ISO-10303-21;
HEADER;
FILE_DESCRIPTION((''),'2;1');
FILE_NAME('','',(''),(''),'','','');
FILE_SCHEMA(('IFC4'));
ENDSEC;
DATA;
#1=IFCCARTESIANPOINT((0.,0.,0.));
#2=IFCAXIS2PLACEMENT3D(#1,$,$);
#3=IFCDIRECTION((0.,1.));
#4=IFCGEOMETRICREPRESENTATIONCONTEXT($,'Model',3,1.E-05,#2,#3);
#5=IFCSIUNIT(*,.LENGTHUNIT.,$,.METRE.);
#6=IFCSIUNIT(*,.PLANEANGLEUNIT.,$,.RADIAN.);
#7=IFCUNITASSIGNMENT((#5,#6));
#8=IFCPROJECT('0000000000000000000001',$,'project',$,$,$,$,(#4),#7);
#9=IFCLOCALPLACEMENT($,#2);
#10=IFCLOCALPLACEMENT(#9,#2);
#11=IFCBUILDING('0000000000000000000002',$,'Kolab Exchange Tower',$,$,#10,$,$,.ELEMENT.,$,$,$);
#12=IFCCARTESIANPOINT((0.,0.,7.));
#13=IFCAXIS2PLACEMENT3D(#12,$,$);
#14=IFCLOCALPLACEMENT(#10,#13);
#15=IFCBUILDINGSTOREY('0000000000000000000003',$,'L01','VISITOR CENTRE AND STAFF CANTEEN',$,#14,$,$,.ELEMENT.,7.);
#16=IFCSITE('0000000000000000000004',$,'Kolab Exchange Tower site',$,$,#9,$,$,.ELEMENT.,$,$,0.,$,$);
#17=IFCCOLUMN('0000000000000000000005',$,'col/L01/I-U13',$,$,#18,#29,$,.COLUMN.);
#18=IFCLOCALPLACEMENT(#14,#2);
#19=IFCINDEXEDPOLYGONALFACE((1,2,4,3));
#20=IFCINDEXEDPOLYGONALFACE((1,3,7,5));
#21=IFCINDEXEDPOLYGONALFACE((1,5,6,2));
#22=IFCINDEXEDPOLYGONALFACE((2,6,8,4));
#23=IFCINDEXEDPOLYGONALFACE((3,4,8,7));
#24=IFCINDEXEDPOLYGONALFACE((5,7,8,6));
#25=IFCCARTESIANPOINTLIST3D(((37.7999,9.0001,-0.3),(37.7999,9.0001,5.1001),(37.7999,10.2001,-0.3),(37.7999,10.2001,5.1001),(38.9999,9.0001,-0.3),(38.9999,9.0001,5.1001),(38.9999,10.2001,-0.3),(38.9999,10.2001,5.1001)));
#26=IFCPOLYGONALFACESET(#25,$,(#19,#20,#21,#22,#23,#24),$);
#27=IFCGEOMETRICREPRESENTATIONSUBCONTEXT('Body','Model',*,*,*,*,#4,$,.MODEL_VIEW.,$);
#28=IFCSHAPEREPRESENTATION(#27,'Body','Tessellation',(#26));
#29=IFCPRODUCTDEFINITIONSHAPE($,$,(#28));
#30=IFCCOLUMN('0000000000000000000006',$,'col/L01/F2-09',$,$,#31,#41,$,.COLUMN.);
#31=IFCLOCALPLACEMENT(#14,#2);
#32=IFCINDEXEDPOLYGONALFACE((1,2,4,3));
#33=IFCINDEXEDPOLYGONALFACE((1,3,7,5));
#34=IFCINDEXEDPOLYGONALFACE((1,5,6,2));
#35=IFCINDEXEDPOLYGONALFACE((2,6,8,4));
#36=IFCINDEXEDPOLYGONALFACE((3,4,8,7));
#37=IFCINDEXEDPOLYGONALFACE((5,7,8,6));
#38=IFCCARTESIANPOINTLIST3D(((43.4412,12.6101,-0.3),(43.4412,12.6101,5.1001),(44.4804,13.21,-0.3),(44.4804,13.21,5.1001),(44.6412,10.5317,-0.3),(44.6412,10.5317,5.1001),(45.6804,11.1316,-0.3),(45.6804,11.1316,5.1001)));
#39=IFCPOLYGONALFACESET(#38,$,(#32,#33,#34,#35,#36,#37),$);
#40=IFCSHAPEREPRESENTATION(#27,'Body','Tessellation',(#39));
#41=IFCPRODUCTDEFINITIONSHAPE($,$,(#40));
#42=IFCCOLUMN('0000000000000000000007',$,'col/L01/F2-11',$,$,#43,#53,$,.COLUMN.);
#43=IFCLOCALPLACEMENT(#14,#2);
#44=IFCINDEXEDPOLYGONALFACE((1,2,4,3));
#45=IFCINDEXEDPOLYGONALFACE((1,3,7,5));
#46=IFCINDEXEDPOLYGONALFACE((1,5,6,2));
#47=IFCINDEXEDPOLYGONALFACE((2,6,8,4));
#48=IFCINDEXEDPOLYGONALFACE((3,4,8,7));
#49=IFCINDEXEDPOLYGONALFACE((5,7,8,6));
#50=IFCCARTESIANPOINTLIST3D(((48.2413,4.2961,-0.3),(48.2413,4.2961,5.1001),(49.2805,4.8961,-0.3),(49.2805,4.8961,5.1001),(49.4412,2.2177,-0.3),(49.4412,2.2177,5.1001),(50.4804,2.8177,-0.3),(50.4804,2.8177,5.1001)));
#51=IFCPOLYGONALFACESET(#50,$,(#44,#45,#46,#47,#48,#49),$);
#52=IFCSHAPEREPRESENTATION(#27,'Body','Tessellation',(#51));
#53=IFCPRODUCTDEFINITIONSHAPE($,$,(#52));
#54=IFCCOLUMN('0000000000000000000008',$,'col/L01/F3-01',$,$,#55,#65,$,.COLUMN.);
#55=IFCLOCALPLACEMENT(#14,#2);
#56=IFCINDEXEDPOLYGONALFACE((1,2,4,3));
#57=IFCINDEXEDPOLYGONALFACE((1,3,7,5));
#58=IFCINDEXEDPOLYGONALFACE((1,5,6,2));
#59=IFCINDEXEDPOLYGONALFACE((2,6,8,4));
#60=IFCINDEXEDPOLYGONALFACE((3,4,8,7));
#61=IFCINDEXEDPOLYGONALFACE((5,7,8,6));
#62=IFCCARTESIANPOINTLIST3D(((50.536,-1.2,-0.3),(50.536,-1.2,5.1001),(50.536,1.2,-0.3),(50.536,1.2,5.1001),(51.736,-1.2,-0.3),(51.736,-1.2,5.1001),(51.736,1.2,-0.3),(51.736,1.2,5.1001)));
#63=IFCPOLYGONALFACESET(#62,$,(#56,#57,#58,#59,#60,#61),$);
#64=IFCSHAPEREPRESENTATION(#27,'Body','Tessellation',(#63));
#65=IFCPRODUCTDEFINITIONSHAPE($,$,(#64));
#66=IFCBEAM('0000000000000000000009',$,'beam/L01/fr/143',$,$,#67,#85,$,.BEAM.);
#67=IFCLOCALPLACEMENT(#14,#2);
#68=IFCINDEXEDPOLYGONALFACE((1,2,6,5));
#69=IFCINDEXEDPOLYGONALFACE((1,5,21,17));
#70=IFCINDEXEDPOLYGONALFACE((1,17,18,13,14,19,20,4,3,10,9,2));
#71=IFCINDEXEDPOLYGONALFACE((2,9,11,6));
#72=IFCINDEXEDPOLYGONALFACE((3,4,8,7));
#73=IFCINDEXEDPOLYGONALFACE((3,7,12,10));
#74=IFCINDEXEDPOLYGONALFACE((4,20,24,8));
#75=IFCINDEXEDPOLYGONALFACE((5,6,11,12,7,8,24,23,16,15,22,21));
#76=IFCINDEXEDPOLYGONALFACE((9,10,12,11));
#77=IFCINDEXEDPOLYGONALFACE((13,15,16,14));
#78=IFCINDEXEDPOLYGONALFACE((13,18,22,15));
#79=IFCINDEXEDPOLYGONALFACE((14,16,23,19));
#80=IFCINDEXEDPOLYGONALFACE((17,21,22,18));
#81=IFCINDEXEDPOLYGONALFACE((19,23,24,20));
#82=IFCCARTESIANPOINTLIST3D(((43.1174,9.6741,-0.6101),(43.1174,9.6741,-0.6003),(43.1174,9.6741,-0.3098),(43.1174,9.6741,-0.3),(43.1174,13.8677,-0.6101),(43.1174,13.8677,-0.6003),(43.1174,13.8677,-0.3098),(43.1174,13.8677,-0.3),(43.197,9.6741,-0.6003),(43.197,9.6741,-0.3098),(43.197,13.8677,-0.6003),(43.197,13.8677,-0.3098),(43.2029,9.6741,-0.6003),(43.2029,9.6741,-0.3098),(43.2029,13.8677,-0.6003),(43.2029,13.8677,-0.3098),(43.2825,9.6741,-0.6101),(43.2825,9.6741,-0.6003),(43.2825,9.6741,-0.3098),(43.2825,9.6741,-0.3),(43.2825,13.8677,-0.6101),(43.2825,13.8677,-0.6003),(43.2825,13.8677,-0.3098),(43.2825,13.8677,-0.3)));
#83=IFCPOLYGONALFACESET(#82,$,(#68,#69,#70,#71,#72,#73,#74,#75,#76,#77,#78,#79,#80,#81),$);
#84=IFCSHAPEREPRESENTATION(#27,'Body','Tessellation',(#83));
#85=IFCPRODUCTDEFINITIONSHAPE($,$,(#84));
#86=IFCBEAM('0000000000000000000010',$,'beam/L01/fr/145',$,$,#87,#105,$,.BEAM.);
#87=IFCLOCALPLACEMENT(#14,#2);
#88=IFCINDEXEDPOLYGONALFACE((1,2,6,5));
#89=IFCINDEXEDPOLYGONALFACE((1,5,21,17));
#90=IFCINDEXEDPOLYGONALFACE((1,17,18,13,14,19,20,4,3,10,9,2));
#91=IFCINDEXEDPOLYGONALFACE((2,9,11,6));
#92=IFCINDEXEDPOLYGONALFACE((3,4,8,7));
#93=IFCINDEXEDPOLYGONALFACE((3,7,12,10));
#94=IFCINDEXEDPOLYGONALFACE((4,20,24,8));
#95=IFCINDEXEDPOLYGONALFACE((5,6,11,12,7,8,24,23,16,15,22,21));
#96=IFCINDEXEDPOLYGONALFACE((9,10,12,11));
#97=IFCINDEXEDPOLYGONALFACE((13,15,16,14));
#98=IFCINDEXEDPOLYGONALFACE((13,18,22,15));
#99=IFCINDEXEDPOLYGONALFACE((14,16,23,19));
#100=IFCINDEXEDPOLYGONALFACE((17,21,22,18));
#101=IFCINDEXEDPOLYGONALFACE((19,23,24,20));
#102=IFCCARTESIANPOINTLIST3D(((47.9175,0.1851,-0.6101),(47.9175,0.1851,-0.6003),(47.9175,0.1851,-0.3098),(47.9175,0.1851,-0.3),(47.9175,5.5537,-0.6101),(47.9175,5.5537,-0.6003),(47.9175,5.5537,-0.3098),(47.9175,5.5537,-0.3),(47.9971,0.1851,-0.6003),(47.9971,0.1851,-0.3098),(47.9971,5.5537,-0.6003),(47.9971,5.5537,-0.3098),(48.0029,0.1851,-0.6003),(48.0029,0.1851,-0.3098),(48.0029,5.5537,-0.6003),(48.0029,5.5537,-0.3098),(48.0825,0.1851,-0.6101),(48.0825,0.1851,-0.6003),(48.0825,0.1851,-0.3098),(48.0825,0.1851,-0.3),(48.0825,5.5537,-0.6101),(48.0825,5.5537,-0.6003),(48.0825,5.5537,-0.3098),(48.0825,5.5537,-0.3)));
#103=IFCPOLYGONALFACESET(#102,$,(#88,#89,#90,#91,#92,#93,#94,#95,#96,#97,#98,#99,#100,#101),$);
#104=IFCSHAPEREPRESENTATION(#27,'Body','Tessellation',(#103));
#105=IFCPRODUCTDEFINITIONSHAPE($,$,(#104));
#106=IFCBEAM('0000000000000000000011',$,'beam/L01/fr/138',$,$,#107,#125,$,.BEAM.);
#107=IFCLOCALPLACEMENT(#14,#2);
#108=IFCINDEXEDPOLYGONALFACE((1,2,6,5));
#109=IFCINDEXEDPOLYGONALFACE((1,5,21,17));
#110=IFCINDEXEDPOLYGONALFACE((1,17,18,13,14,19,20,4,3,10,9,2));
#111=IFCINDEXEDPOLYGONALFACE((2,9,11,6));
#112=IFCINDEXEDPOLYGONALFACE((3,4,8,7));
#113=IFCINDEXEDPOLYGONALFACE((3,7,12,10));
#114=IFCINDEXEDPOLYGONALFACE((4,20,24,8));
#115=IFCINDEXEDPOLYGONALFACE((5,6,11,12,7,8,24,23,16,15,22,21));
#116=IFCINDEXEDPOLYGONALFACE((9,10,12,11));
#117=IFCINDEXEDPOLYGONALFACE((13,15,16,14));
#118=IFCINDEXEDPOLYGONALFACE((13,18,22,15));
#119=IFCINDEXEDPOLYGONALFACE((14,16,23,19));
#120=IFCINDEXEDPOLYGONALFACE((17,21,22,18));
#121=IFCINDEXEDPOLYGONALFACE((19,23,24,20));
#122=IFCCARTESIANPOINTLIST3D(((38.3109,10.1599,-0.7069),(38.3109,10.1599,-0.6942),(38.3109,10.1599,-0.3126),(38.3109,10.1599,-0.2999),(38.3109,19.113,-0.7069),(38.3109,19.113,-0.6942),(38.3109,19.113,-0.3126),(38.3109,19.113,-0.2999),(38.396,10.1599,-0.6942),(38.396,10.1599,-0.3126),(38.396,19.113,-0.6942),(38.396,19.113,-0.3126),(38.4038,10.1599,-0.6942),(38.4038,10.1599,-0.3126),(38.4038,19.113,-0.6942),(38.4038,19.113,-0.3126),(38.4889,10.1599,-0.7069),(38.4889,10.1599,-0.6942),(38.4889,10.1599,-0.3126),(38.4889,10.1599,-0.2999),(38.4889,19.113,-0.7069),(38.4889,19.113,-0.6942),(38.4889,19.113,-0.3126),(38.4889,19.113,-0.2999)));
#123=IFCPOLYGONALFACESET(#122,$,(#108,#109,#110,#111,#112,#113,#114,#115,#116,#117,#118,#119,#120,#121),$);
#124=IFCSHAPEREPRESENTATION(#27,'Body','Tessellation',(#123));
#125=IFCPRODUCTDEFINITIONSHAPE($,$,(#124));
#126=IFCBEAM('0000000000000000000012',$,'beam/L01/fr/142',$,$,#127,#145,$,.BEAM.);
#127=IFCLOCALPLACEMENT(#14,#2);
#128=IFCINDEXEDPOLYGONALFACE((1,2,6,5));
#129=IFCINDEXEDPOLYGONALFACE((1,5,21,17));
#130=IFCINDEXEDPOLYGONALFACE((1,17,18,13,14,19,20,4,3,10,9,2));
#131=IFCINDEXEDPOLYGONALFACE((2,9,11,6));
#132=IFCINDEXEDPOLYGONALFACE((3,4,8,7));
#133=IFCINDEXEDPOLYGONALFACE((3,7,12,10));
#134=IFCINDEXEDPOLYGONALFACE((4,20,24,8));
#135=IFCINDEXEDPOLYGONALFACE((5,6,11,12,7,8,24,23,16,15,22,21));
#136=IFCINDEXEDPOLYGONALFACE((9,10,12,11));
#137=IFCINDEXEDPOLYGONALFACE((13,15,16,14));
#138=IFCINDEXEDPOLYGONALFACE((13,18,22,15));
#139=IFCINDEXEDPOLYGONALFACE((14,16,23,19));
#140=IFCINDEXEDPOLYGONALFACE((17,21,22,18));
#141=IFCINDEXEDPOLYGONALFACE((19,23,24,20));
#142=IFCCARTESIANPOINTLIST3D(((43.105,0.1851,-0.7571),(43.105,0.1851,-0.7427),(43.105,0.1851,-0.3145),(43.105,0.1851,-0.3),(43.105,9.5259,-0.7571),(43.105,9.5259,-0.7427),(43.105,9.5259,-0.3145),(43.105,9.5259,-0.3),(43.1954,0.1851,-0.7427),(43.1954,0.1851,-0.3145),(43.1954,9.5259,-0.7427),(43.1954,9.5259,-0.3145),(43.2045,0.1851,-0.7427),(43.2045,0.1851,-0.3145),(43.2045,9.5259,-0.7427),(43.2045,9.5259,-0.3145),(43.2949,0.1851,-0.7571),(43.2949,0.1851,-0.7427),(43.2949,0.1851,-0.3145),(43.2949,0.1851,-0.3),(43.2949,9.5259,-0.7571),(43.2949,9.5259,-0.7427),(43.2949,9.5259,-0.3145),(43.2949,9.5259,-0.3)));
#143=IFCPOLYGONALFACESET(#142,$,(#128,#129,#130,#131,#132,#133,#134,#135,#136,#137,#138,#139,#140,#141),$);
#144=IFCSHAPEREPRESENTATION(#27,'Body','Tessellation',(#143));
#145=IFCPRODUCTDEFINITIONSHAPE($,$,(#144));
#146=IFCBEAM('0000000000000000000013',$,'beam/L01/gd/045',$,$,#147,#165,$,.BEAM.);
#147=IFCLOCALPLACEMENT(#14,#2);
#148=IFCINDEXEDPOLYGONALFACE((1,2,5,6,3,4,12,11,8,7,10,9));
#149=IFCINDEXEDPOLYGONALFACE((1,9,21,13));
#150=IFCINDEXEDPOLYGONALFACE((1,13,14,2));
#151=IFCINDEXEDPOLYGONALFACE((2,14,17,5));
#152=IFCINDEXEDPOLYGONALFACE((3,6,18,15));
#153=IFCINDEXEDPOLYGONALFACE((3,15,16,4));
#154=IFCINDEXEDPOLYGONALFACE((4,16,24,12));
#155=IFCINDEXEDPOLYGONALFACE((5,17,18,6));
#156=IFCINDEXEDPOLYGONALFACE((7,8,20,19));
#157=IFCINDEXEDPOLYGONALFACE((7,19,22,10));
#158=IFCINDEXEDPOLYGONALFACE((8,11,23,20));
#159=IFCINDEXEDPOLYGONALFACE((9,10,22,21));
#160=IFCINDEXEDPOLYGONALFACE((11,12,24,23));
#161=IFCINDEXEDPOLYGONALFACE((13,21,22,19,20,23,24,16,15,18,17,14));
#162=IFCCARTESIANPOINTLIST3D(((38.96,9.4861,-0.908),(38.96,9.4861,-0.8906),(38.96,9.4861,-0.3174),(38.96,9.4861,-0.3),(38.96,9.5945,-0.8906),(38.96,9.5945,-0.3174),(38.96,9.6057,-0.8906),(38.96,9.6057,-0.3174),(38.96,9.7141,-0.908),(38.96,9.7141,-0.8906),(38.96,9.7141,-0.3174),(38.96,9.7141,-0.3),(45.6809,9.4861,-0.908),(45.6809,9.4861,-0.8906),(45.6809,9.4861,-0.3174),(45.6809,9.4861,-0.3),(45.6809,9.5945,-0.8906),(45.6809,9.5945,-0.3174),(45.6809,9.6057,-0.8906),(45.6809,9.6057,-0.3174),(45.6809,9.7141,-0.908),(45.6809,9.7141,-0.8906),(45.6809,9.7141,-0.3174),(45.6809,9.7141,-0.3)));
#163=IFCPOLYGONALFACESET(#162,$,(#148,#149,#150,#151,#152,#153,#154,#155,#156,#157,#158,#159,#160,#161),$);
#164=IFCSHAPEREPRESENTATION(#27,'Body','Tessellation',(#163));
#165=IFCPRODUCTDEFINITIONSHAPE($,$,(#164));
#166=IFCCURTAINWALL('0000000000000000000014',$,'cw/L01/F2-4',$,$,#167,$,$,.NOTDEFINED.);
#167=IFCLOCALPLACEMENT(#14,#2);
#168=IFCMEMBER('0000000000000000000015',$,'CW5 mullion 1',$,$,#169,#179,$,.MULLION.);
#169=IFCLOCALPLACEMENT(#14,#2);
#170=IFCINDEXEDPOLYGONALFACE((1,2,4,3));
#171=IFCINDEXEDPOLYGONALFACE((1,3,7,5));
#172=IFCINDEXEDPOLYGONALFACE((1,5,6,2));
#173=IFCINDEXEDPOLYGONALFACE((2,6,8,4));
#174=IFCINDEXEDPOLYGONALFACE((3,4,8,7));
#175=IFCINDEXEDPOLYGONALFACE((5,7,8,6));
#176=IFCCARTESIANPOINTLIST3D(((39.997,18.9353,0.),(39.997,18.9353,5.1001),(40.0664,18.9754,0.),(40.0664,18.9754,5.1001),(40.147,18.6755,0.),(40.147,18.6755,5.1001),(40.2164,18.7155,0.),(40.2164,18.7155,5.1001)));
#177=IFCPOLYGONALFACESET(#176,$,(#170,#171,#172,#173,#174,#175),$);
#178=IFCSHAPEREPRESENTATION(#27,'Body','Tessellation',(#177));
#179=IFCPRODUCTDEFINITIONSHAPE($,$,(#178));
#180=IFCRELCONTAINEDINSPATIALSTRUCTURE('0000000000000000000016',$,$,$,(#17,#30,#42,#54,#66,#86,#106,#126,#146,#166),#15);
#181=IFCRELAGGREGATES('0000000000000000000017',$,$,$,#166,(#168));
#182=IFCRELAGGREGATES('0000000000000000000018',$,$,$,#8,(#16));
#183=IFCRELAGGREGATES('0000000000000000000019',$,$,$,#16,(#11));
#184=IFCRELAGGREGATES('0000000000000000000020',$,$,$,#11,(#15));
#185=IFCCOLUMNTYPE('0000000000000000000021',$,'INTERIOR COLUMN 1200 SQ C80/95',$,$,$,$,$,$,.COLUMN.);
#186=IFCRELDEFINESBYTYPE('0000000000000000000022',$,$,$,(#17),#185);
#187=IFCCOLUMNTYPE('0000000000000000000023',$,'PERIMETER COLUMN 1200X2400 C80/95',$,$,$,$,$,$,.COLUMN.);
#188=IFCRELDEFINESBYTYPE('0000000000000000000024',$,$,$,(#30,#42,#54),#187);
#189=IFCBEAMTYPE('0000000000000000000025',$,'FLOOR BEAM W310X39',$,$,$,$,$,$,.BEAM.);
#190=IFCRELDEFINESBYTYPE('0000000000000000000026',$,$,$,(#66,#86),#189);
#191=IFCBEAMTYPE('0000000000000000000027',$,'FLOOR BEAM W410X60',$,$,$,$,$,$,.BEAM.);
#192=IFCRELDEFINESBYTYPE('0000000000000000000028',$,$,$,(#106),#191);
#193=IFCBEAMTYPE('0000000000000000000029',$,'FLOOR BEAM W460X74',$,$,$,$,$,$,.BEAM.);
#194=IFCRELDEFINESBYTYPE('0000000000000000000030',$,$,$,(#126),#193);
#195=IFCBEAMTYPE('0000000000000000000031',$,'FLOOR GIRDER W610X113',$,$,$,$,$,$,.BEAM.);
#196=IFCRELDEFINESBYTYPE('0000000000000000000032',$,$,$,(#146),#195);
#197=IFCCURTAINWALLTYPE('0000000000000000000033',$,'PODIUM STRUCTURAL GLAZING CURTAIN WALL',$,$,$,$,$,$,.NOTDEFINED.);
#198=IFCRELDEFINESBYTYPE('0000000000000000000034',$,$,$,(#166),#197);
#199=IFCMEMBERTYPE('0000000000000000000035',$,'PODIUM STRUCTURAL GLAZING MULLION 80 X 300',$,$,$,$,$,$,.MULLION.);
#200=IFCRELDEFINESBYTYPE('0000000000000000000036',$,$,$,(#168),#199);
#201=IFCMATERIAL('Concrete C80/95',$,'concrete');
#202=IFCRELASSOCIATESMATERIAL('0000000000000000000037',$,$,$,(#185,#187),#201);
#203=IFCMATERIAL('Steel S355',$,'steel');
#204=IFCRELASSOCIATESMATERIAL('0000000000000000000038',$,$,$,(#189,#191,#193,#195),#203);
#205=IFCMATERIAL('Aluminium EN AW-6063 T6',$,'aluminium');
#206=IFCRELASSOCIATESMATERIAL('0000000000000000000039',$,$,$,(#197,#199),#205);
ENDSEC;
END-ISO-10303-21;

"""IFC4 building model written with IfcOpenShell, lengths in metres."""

from ifc_helpers import new_model, si_unit, direction, frame, origin, origin_2d, place, context, subcontext, project, spatial, rectangle, i_section, extrude, material, material_profile, profile_set, type_object, element, aggregate, save


model = new_model("IFC4")

# Units and contexts
model_context = context("Model", 3, precision=1e-05, world=origin(), true_north=direction((0.0, 1.0)))
body_context = subcontext(model_context, "Body", "Model", "MODEL_VIEW")
ifc_project = project(units=[si_unit("LENGTHUNIT", "METRE"), si_unit("PLANEANGLEUNIT", "RADIAN")], contexts=[model_context])

# Site, building, storey
site_placement = place(None, origin())
site = spatial("IfcSite", under=ifc_project, at=site_placement, Name="Kolab Exchange Tower site", CompositionType="ELEMENT", RefElevation=0.0)
building_placement = place(site_placement, origin())
building = spatial("IfcBuilding", under=site, at=building_placement, Name="Kolab Exchange Tower", CompositionType="ELEMENT")
storey_placement = place(building_placement, frame((0.0, 0.0, 7.0)))
storey = spatial("IfcBuildingStorey", under=building, at=storey_placement, Name="L01", Description="VISITOR CENTRE AND STAFF CANTEEN", CompositionType="ELEMENT", Elevation=7.0)

# Columns
ifc_material_1 = material(Name="Concrete C80/95", Category="concrete")
ifc_material_profile_1 = material_profile(ifc_material_1, rectangle(XDim=1.2, YDim=1.2, at=origin_2d()), Name="RC1200")
ifc_profile_set_1 = profile_set([ifc_material_profile_1], Name="Concrete C80/95")
column_type_1 = type_object("IfcColumnType", Name="INTERIOR COLUMN 1200 SQ C80/95", PredefinedType="COLUMN", material=ifc_profile_set_1)
column_placement = place(storey_placement, frame((38.3999, 9.6001, -0.3), z_axis=(0.0, 0.0, 1.0), x_axis=(1.0, 0.0, 0.0)))
element("IfcColumn", 1, at=column_placement, inside=storey, type_object=column_type_1, Name="col/L01/I-U13", PredefinedType="COLUMN", context=body_context, shape_type="SweptSolid", body=[
    extrude(rectangle(XDim=1.2, YDim=1.2, at=origin_2d()), origin(), (0.0, 0.0, 1.0), 5.4001),
])
ifc_material_profile_2 = material_profile(ifc_material_1, rectangle(XDim=1.2, YDim=2.3999, at=origin_2d()), Name="RC1200X2400")
ifc_profile_set_2 = profile_set([ifc_material_profile_2], Name="Concrete C80/95")
column_type_2 = type_object("IfcColumnType", Name="PERIMETER COLUMN 1200X2400 C80/95", PredefinedType="COLUMN", material=ifc_profile_set_2)
for number, where, z_axis, x_axis, name in (
    (2, (44.5608, 11.8708, -0.3), (0.0, 0.0, 1.0), (0.866025, 0.5, 0.0), "col/L01/F2-09"),
    (3, (49.3608, 3.5569, -0.3), (0.0, 0.0, 1.0), (0.866025, 0.5, 0.0), "col/L01/F2-11"),
    (4, (51.136, 0.0, -0.3), (0.0, 0.0, 1.0), (1.0, 0.0, 0.0), "col/L01/F3-01"),
):
    element("IfcColumn", number, at=place(storey_placement, frame(where, z_axis=z_axis, x_axis=x_axis)), inside=storey, type_object=column_type_2, Name=name, PredefinedType="COLUMN", context=body_context, shape_type="SweptSolid", body=[
        extrude(rectangle(XDim=1.2, YDim=2.3999, at=origin_2d()), origin(), (0.0, 0.0, 1.0), 5.4001),
    ])

# Beams
ifc_material_2 = material(Name="Steel S355", Category="steel")
ifc_material_profile_3 = material_profile(ifc_material_2, i_section(OverallWidth=0.165, OverallDepth=0.3101, WebThickness=0.0059, FlangeThickness=0.0098, at=origin_2d()), Name="W310X39")
ifc_profile_set_3 = profile_set([ifc_material_profile_3], Name="Steel S355")
beam_type_1 = type_object("IfcBeamType", Name="FLOOR BEAM W310X39", PredefinedType="BEAM", material=ifc_profile_set_3)
beam_1_placement = place(storey_placement, frame((43.2, 9.6741, -0.4551), z_axis=(0.0, 1.0, 0.0), x_axis=(-1.0, 0.0, 0.0)))
element("IfcBeam", 5, at=beam_1_placement, inside=storey, type_object=beam_type_1, Name="beam/L01/fr/143", PredefinedType="BEAM", context=body_context, shape_type="SweptSolid", body=[
    extrude(i_section(OverallWidth=0.165, OverallDepth=0.3101, WebThickness=0.0059, FlangeThickness=0.0098, at=origin_2d()), origin(), (0.0, 0.0, 1.0), 4.1936),
])
beam_2_placement = place(storey_placement, frame((48.0, 0.1851, -0.4551), z_axis=(0.0, 1.0, 0.0), x_axis=(-1.0, 0.0, 0.0)))
element("IfcBeam", 6, at=beam_2_placement, inside=storey, type_object=beam_type_1, Name="beam/L01/fr/145", PredefinedType="BEAM", context=body_context, shape_type="SweptSolid", body=[
    extrude(i_section(OverallWidth=0.165, OverallDepth=0.3101, WebThickness=0.0059, FlangeThickness=0.0098, at=origin_2d()), origin(), (0.0, 0.0, 1.0), 5.3687),
])
ifc_material_profile_4 = material_profile(ifc_material_2, i_section(OverallWidth=0.178, OverallDepth=0.407, WebThickness=0.0078, FlangeThickness=0.0127, at=origin_2d()), Name="W410X60")
ifc_profile_set_4 = profile_set([ifc_material_profile_4], Name="Steel S355")
beam_type_2 = type_object("IfcBeamType", Name="FLOOR BEAM W410X60", PredefinedType="BEAM", material=ifc_profile_set_4)
beam_3_placement = place(storey_placement, frame((38.3999, 10.1599, -0.5034), z_axis=(0.0, 1.0, 0.0), x_axis=(-1.0, 0.0, 0.0)))
element("IfcBeam", 7, at=beam_3_placement, inside=storey, type_object=beam_type_2, Name="beam/L01/fr/138", PredefinedType="BEAM", context=body_context, shape_type="SweptSolid", body=[
    extrude(i_section(OverallWidth=0.178, OverallDepth=0.407, WebThickness=0.0078, FlangeThickness=0.0127, at=origin_2d()), origin(), (0.0, 0.0, 1.0), 8.9531),
])
ifc_material_profile_5 = material_profile(ifc_material_2, i_section(OverallWidth=0.1899, OverallDepth=0.457, WebThickness=0.009, FlangeThickness=0.0144, at=origin_2d()), Name="W460X74")
ifc_profile_set_5 = profile_set([ifc_material_profile_5], Name="Steel S355")
beam_type_3 = type_object("IfcBeamType", Name="FLOOR BEAM W460X74", PredefinedType="BEAM", material=ifc_profile_set_5)
beam_4_placement = place(storey_placement, frame((43.2, 0.1851, -0.5286), z_axis=(0.0, 1.0, 0.0), x_axis=(-1.0, 0.0, 0.0)))
element("IfcBeam", 8, at=beam_4_placement, inside=storey, type_object=beam_type_3, Name="beam/L01/fr/142", PredefinedType="BEAM", context=body_context, shape_type="SweptSolid", body=[
    extrude(i_section(OverallWidth=0.1899, OverallDepth=0.457, WebThickness=0.009, FlangeThickness=0.0144, at=origin_2d()), origin(), (0.0, 0.0, 1.0), 9.3408),
])
ifc_material_profile_6 = material_profile(ifc_material_2, i_section(OverallWidth=0.228, OverallDepth=0.6079, WebThickness=0.0112, FlangeThickness=0.0173, at=origin_2d()), Name="W610X113")
ifc_profile_set_6 = profile_set([ifc_material_profile_6], Name="Steel S355")
beam_type_4 = type_object("IfcBeamType", Name="FLOOR GIRDER W610X113", PredefinedType="BEAM", material=ifc_profile_set_6)
beam_5_placement = place(storey_placement, frame((38.96, 9.6001, -0.604), z_axis=(1.0, 0.0, 0.0), x_axis=(0.0, 1.0, 0.0)))
element("IfcBeam", 9, at=beam_5_placement, inside=storey, type_object=beam_type_4, Name="beam/L01/gd/045", PredefinedType="BEAM", context=body_context, shape_type="SweptSolid", body=[
    extrude(i_section(OverallWidth=0.228, OverallDepth=0.6079, WebThickness=0.0112, FlangeThickness=0.0173, at=origin_2d()), origin(), (0.0, 0.0, 1.0), 6.7209),
])

# Curtain wall, member
ifc_material_3 = material(Name="Aluminium EN AW-6063 T6", Category="aluminium")
curtain_wall_type = type_object("IfcCurtainWallType", Name="PODIUM STRUCTURAL GLAZING CURTAIN WALL", PredefinedType="NOTDEFINED", material=ifc_material_3)
curtain_wall_1_placement = place(storey_placement, origin())
curtain_wall_1 = element("IfcCurtainWall", 10, at=curtain_wall_1_placement, inside=storey, type_object=curtain_wall_type, Name="cw/L01/F2-4", PredefinedType="NOTDEFINED")
ifc_material_profile_7 = material_profile(ifc_material_3, rectangle(XDim=0.0801, YDim=0.3, at=origin_2d()), Name="RECT 80X300")
ifc_profile_set_7 = profile_set([ifc_material_profile_7], Name="Aluminium EN AW-6063 T6")
member_type_1 = type_object("IfcMemberType", Name="PODIUM STRUCTURAL GLAZING MULLION 80 X 300", PredefinedType="MULLION", material=ifc_profile_set_7)
member_1_placement = place(storey_placement, frame((40.1067, 18.8254, 0.0), z_axis=(0.0, 0.0, 1.0), x_axis=(0.866025, 0.5, 0.0)))
member_1 = element("IfcMember", 11, at=member_1_placement, type_object=member_type_1, Name="CW5 mullion 1", PredefinedType="MULLION", context=body_context, shape_type="SweptSolid", body=[
    extrude(rectangle(XDim=0.0801, YDim=0.3, at=origin_2d()), origin(), (0.0, 0.0, 1.0), 5.1001),
])

aggregate(curtain_wall_1, [member_1])

save(model, "model.ifc")
